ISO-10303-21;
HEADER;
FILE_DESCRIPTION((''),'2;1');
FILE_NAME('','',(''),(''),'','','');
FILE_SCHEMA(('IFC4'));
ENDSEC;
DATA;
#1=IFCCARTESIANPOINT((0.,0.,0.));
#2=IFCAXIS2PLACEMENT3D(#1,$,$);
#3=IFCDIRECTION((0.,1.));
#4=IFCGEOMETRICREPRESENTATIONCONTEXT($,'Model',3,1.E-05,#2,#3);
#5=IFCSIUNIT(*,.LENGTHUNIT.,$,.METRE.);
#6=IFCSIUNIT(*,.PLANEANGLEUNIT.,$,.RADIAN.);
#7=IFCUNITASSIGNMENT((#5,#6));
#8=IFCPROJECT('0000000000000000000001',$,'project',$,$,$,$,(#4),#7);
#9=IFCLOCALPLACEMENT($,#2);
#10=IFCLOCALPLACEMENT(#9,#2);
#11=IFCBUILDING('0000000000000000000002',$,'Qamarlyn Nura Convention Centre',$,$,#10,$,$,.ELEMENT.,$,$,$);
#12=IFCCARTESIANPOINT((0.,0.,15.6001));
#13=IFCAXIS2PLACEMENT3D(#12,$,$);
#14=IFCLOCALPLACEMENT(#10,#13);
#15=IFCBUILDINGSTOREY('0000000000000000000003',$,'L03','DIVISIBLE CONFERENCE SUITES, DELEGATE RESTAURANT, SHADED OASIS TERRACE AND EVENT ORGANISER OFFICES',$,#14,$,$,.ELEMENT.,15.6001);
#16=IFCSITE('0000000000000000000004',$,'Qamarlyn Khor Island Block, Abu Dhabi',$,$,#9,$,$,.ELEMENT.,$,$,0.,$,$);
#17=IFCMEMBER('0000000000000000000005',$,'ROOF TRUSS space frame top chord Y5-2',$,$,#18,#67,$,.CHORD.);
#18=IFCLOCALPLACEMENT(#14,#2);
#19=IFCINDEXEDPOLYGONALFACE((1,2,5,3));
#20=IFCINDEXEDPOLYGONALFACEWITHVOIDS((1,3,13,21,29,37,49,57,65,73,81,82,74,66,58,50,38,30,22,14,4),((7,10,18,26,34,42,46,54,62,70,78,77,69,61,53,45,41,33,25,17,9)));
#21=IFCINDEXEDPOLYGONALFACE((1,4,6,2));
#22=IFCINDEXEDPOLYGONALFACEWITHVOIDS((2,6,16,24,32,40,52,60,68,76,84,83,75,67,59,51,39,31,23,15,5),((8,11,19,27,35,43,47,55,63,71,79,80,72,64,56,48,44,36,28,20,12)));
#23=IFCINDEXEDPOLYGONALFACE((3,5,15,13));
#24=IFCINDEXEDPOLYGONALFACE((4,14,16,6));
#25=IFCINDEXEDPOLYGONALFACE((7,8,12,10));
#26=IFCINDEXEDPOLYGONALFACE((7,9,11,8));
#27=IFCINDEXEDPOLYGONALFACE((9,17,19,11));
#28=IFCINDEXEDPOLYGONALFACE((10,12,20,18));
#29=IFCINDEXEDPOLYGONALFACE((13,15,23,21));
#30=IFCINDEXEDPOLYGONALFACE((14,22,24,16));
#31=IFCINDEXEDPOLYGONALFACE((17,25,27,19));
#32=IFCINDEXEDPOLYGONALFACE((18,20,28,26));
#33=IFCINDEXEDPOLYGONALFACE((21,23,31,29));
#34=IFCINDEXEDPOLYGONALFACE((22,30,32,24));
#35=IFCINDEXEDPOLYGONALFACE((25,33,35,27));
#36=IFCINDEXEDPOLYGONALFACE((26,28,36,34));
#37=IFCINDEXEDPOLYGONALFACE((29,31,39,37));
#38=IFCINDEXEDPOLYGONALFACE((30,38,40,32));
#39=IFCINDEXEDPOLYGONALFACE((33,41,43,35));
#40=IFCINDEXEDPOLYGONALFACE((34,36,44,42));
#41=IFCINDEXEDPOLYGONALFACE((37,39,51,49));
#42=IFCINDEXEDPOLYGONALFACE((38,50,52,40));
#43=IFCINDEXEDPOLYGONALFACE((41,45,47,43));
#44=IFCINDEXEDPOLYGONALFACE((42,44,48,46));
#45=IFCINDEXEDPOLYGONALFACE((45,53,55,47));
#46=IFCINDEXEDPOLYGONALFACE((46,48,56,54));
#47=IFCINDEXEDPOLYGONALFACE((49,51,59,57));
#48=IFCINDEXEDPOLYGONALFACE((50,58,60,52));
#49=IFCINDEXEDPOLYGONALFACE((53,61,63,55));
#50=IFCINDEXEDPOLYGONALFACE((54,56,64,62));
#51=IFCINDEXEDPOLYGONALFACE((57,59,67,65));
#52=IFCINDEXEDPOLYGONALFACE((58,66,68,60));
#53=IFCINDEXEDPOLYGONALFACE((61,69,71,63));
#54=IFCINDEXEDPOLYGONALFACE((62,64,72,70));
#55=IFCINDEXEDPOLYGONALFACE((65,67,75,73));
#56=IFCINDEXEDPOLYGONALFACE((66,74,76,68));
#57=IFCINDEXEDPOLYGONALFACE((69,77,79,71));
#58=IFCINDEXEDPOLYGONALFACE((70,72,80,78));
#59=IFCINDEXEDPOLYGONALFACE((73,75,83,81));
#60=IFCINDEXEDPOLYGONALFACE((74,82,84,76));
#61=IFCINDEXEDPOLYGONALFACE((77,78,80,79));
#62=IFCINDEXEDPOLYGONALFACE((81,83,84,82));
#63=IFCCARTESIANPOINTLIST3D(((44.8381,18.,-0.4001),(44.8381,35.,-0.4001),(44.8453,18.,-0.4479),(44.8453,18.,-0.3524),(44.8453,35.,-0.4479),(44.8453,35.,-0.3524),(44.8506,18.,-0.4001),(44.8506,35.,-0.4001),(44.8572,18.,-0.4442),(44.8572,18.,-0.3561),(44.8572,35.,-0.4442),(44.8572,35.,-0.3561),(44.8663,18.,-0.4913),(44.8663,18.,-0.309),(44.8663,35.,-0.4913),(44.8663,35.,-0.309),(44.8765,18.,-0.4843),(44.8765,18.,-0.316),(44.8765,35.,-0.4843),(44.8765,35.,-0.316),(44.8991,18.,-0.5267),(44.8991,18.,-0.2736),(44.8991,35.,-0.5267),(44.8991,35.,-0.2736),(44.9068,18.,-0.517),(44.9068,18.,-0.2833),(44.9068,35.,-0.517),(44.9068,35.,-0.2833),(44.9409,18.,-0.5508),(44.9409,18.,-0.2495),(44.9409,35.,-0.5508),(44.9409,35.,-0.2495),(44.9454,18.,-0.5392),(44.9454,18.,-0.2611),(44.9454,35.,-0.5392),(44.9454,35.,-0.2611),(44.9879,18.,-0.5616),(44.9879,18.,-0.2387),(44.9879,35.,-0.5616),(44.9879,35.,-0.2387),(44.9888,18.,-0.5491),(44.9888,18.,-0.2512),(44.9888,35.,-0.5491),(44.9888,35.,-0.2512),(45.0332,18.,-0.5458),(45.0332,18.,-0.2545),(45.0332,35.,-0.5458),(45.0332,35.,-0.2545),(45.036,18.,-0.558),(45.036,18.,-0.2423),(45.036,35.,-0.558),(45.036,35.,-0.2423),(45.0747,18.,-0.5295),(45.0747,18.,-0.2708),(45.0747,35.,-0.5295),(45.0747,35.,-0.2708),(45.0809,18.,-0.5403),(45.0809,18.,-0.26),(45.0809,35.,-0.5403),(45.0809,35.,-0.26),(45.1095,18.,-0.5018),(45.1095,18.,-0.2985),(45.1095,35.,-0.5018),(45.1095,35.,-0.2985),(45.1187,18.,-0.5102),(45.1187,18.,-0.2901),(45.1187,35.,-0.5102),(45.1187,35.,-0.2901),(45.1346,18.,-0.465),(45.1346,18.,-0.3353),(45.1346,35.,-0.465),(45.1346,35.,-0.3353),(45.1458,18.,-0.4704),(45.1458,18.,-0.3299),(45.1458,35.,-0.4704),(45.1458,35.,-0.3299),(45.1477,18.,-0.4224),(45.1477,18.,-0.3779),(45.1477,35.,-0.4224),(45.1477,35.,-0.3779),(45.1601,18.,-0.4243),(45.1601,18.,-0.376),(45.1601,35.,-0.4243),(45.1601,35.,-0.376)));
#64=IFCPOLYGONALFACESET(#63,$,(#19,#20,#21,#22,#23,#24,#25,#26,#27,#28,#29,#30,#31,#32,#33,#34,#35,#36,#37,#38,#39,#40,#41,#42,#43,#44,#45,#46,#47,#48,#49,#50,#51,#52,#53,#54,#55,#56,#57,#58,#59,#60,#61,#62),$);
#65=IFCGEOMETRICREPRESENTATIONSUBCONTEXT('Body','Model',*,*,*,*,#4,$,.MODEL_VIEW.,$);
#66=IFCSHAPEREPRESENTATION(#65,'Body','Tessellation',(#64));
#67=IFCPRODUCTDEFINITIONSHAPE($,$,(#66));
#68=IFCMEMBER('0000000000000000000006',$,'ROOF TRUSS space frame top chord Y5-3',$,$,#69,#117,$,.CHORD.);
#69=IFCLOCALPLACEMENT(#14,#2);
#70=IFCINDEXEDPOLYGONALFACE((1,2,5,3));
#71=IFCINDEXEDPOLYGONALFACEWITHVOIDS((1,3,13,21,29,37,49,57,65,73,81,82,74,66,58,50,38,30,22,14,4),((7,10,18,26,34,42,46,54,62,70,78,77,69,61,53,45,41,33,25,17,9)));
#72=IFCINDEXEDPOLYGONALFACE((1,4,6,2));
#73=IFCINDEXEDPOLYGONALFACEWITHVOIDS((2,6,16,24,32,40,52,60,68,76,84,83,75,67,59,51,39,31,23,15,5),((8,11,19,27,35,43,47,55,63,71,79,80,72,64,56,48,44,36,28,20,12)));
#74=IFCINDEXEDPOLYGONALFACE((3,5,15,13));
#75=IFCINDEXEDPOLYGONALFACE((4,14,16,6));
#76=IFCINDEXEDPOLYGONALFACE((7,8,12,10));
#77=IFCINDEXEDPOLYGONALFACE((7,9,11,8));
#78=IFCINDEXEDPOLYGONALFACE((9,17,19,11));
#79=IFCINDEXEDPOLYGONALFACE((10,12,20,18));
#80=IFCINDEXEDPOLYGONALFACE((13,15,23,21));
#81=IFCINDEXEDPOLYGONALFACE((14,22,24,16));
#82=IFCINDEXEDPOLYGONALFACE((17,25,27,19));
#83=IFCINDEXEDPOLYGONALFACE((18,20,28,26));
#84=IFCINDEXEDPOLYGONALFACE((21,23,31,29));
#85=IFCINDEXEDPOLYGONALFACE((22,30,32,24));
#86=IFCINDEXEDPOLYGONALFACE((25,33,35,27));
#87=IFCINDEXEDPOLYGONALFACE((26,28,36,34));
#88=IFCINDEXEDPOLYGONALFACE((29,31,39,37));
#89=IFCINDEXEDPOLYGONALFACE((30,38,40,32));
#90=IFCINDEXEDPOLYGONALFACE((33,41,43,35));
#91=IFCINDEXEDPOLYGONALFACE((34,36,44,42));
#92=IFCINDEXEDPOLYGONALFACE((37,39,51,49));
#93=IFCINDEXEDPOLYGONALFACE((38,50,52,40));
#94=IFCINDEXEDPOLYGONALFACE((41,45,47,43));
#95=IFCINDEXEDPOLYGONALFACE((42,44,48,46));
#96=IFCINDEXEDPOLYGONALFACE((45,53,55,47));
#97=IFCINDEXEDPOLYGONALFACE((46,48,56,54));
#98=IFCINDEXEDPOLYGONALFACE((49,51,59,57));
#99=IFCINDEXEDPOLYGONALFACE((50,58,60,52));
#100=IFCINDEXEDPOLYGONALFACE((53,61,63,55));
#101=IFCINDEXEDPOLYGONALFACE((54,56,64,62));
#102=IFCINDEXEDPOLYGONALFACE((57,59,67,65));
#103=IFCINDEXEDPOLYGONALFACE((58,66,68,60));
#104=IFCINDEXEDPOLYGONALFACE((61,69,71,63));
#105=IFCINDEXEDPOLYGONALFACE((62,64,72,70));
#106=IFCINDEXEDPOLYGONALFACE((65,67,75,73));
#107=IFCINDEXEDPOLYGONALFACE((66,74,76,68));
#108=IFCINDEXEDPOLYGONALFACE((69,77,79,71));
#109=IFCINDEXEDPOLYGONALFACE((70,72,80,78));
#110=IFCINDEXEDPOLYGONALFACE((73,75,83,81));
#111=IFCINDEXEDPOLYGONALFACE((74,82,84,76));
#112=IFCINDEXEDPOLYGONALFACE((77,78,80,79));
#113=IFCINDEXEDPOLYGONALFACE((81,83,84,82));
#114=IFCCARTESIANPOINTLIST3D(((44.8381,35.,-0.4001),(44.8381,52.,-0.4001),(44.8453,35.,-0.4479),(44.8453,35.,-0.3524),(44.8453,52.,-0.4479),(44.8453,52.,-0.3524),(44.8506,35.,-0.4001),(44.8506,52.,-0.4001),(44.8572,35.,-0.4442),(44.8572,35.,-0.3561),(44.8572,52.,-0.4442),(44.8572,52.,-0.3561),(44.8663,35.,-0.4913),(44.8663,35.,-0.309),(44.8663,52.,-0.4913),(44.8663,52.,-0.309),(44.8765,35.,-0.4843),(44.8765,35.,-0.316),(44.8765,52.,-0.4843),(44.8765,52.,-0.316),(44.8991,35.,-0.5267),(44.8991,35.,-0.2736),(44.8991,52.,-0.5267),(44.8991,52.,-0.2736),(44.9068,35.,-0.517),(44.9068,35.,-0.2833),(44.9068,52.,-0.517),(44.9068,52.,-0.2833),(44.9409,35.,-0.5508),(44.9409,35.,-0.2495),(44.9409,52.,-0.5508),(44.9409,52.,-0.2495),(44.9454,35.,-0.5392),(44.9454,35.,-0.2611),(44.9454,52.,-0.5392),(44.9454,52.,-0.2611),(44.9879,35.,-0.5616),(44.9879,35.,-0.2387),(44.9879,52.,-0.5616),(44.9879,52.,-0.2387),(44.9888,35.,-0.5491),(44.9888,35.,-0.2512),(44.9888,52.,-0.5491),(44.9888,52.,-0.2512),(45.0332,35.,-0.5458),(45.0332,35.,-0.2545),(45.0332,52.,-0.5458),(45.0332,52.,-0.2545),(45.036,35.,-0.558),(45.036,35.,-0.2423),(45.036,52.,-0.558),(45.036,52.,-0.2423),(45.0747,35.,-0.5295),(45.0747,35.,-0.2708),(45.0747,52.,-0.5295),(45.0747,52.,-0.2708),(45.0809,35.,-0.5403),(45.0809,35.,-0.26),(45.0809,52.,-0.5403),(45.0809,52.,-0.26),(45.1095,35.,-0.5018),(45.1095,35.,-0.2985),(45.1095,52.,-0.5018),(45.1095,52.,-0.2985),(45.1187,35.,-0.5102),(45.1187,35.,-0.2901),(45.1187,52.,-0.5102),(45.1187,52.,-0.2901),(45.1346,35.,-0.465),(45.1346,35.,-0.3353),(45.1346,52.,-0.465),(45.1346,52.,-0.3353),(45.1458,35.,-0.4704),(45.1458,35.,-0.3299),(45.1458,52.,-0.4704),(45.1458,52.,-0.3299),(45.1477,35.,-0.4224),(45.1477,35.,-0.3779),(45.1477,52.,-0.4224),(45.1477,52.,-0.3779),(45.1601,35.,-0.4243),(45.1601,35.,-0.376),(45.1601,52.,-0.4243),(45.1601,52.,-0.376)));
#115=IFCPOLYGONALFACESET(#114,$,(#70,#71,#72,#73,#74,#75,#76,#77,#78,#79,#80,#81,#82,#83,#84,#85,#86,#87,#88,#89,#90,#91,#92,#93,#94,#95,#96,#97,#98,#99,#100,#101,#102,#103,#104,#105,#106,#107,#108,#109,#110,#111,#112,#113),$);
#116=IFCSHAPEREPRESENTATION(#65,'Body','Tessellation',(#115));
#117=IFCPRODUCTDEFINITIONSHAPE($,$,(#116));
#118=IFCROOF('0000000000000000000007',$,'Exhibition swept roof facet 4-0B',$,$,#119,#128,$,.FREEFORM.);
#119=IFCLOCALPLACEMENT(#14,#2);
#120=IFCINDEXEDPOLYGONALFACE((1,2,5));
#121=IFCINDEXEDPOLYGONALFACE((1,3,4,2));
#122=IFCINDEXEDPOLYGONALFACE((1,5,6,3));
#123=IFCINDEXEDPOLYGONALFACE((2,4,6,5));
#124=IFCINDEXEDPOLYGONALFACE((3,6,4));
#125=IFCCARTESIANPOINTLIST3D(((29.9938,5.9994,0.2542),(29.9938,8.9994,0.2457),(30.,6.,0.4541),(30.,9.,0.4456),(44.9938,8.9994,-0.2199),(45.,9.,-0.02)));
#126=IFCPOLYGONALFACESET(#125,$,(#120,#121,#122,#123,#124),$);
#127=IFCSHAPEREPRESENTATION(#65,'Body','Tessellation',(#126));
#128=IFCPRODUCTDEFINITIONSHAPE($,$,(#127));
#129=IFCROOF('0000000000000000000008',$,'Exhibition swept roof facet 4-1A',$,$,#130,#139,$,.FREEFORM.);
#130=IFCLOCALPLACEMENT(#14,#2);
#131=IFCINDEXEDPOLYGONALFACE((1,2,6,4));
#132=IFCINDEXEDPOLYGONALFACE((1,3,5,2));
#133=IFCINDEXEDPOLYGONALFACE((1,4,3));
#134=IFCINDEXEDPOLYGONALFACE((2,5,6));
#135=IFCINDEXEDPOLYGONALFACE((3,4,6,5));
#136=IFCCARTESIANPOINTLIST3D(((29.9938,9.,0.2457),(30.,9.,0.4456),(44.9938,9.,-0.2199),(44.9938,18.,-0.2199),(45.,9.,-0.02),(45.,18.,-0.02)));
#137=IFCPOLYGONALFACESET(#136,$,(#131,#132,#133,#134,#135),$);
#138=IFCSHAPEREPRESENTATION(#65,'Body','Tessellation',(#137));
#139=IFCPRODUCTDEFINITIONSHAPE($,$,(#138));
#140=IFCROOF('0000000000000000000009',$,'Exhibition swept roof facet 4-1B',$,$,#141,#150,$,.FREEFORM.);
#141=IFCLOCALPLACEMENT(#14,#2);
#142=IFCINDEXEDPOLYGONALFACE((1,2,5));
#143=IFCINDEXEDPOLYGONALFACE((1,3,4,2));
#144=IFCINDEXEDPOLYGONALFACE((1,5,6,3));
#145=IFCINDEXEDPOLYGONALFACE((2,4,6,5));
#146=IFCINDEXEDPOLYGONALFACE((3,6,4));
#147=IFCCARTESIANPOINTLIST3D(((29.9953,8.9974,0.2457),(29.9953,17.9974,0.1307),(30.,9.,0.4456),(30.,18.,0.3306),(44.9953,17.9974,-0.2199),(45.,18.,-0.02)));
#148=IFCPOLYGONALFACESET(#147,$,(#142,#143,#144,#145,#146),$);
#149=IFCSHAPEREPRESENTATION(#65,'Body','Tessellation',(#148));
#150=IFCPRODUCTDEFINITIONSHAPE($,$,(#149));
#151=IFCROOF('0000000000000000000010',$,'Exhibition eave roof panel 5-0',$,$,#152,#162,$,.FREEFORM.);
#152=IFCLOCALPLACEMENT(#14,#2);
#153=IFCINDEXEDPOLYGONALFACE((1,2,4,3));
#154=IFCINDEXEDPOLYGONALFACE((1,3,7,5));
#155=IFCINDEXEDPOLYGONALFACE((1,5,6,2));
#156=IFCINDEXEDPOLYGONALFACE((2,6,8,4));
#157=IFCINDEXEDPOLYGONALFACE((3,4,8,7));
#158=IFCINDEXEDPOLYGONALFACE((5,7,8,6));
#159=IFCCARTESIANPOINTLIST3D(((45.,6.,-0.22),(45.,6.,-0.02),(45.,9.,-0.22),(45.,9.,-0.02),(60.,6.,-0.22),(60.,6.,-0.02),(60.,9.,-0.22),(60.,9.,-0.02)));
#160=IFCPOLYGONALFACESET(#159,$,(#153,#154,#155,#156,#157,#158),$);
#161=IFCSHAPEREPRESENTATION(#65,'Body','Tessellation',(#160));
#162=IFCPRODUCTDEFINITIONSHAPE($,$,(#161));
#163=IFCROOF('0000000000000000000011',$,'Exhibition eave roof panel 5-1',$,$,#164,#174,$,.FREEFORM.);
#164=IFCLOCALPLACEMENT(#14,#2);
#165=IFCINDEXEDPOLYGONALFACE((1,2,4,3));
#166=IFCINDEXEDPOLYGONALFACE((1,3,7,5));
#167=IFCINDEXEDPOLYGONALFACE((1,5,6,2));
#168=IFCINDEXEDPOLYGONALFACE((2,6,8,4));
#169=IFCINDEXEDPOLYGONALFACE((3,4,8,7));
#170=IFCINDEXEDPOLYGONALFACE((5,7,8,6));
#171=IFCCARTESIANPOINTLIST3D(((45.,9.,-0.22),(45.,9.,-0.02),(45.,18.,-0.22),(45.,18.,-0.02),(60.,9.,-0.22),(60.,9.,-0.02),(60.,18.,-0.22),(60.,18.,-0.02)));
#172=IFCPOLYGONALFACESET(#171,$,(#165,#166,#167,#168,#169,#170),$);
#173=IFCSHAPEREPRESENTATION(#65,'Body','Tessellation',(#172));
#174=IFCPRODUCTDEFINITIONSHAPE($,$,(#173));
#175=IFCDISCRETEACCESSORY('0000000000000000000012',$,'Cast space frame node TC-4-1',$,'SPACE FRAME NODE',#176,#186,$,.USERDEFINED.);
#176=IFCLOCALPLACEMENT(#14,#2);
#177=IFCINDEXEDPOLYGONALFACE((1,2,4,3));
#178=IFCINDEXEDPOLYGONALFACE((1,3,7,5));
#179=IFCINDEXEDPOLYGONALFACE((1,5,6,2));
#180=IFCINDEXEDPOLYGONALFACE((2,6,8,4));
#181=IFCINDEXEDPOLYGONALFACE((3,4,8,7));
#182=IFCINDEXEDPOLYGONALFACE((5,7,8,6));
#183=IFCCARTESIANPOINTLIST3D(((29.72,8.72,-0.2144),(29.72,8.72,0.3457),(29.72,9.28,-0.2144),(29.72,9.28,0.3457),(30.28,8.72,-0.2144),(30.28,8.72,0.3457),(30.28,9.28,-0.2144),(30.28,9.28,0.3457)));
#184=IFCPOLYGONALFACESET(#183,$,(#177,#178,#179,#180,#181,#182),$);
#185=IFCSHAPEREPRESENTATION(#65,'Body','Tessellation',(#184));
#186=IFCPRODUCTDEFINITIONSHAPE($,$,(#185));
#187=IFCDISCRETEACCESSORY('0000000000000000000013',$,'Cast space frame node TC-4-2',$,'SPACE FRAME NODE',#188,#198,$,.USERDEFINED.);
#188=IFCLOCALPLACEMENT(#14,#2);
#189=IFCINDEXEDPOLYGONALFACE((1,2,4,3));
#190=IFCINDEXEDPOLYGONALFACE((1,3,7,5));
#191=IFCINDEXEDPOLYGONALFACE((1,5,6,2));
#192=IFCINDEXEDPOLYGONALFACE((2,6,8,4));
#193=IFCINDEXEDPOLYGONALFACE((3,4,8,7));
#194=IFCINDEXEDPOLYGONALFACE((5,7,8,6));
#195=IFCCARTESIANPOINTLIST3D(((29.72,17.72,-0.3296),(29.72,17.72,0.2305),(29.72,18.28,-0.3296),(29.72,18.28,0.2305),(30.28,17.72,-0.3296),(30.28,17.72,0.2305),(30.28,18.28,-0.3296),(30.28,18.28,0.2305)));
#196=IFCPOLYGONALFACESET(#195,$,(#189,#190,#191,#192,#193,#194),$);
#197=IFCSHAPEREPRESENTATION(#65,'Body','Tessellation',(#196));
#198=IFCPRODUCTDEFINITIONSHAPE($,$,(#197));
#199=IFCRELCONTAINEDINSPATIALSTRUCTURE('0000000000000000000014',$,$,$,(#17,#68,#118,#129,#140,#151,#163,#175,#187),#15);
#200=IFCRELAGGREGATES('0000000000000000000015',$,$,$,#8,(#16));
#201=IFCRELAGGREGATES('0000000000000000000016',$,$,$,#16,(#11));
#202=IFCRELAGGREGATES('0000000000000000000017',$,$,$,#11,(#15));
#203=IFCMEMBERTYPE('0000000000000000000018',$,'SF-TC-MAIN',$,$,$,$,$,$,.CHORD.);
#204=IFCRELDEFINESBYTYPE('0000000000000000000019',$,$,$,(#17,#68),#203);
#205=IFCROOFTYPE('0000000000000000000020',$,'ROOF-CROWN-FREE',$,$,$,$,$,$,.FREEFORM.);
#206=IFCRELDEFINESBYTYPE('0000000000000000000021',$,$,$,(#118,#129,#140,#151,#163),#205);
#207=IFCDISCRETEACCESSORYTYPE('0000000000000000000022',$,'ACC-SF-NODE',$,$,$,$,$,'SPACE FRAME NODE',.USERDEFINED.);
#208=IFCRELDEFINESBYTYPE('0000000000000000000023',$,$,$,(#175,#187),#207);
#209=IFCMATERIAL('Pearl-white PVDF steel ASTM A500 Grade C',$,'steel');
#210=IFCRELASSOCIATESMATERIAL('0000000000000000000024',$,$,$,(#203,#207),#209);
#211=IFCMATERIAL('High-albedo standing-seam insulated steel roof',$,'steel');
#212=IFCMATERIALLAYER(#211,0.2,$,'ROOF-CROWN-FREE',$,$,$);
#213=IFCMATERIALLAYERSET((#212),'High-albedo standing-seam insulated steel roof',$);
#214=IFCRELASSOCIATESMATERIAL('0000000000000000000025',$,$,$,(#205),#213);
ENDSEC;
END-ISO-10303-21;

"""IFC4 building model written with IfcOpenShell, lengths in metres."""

from ifc_helpers import new_model, si_unit, direction, frame, origin, origin_2d, place, context, subcontext, project, spatial, polyline, rectangle, hollow_circle, outline, extrude, material, layer, layer_set, material_profile, profile_set, type_object, element, save


model = new_model("IFC4")

# Units and contexts
model_context = context("Model", 3, precision=1e-05, world=origin(), true_north=direction((0.0, 1.0)))
body_context = subcontext(model_context, "Body", "Model", "MODEL_VIEW")
ifc_project = project(units=[si_unit("LENGTHUNIT", "METRE"), si_unit("PLANEANGLEUNIT", "RADIAN")], contexts=[model_context])

# Site, building, storey
site_placement = place(None, origin())
site = spatial("IfcSite", under=ifc_project, at=site_placement, Name="Qamarlyn Khor Island Block, Abu Dhabi", CompositionType="ELEMENT", RefElevation=0.0)
building_placement = place(site_placement, origin())
building = spatial("IfcBuilding", under=site, at=building_placement, Name="Qamarlyn Nura Convention Centre", CompositionType="ELEMENT")
storey_placement = place(building_placement, frame((0.0, 0.0, 15.6001)))
storey = spatial("IfcBuildingStorey", under=building, at=storey_placement, Name="L03", Description="DIVISIBLE CONFERENCE SUITES, DELEGATE RESTAURANT, SHADED OASIS TERRACE AND EVENT ORGANISER OFFICES", CompositionType="ELEMENT", Elevation=15.6001)

# Members
ifc_material_1 = material(Name="Pearl-white PVDF steel ASTM A500 Grade C", Category="steel")
ifc_material_profile_1 = material_profile(ifc_material_1, hollow_circle(Radius=0.1619, WallThickness=0.0125, at=origin_2d()), Name="CHS323.9X12.5")
ifc_profile_set_1 = profile_set([ifc_material_profile_1], Name="Pearl-white PVDF steel ASTM A500 Grade C")
member_type_1 = type_object("IfcMemberType", Name="SF-TC-MAIN", PredefinedType="CHORD", material=ifc_profile_set_1)
for number, where, z_axis, x_axis, name in (
    (1, (45.0, 18.0, -0.4001), (0.0, 1.0, 0.0), (-1.0, 0.0, 0.0), "ROOF TRUSS space frame top chord Y5-2"),
    (2, (45.0, 35.0, -0.4001), (0.0, 1.0, 0.0), (-1.0, 0.0, 0.0), "ROOF TRUSS space frame top chord Y5-3"),
):
    element("IfcMember", number, at=place(storey_placement, frame(where, z_axis=z_axis, x_axis=x_axis)), inside=storey, type_object=member_type_1, Name=name, PredefinedType="CHORD", context=body_context, shape_type="SweptSolid", body=[
        extrude(hollow_circle(Radius=0.1619, WallThickness=0.0125, at=origin_2d()), origin(), (0.0, 0.0, 1.0), 17.0),
    ])

# Roofs
ifc_material_2 = material(Name="High-albedo standing-seam insulated steel roof", Category="steel")
ifc_layer = layer(ifc_material_2, 0.2, Name="ROOF-CROWN-FREE")
ifc_layer_set = layer_set([ifc_layer], Name="High-albedo standing-seam insulated steel roof")
roof_type = type_object("IfcRoofType", Name="ROOF-CROWN-FREE", PredefinedType="FREEFORM", material=ifc_layer_set)
roof_1_placement = place(storey_placement, frame((30.0, 6.0, 0.4541), z_axis=(0.031023, 0.002847, 0.999515), x_axis=(0.98011, 0.196022, -0.030979)))
element("IfcRoof", 3, at=roof_1_placement, inside=storey, type_object=roof_type, Name="Exhibition swept roof facet 4-0B", PredefinedType="FREEFORM", context=body_context, shape_type="SweptSolid", body=[
    extrude(outline(polyline([(0.0, 0.0), (15.3044, 0.0), (0.5883, 2.9418), (0.0, 0.0)])), origin(), (0.0, 0.0, -1.0), 0.2),
])
roof_2_placement = place(storey_placement, frame((30.0, 9.0, 0.4456), z_axis=(0.031023, 0.0, 0.999519), x_axis=(0.999519, 0.0, -0.031023)))
element("IfcRoof", 4, at=roof_2_placement, inside=storey, type_object=roof_type, Name="Exhibition swept roof facet 4-1A", PredefinedType="FREEFORM", context=body_context, shape_type="SweptSolid", body=[
    extrude(outline(polyline([(0.0, 0.0), (15.0072, 0.0), (15.0072, 9.0), (0.0, 0.0)])), origin(), (0.0, 0.0, -1.0), 0.2),
])
roof_3_placement = place(storey_placement, frame((30.0, 9.0, 0.4456), z_axis=(0.023364, 0.012772, 0.999645), x_axis=(0.857189, 0.514314, -0.026606)))
element("IfcRoof", 5, at=roof_3_placement, inside=storey, type_object=roof_type, Name="Exhibition swept roof facet 4-1B", PredefinedType="FREEFORM", context=body_context, shape_type="SweptSolid", body=[
    extrude(outline(polyline([(0.0, 0.0), (17.4991, 0.0), (4.6319, 7.7174), (0.0, 0.0)])), origin(), (0.0, 0.0, -1.0), 0.2),
])
roof_4_placement = place(storey_placement, frame((45.0, 6.0, -0.02), z_axis=(0.0, 0.0, 1.0), x_axis=(1.0, 0.0, 0.0)))
element("IfcRoof", 6, at=roof_4_placement, inside=storey, type_object=roof_type, Name="Exhibition eave roof panel 5-0", PredefinedType="FREEFORM", context=body_context, shape_type="SweptSolid", body=[
    extrude(outline(polyline([(0.0, 0.0), (15.0, 0.0), (15.0, 3.0), (0.0, 3.0), (0.0, 0.0)])), origin(), (0.0, 0.0, -1.0), 0.2),
])
roof_5_placement = place(storey_placement, frame((45.0, 9.0, -0.02), z_axis=(0.0, 0.0, 1.0), x_axis=(1.0, 0.0, 0.0)))
element("IfcRoof", 7, at=roof_5_placement, inside=storey, type_object=roof_type, Name="Exhibition eave roof panel 5-1", PredefinedType="FREEFORM", context=body_context, shape_type="SweptSolid", body=[
    extrude(outline(polyline([(0.0, 0.0), (15.0, 0.0), (15.0, 9.0), (0.0, 9.0), (0.0, 0.0)])), origin(), (0.0, 0.0, -1.0), 0.2),
])

# Discrete accessories
discrete_accessory_type = type_object("IfcDiscreteAccessoryType", Name="ACC-SF-NODE", ElementType="SPACE FRAME NODE", PredefinedType="USERDEFINED", material=ifc_material_1)
for number, where, z_axis, x_axis, name in (
    (8, (30.0, 9.0, -0.2144), (0.0, 0.0, 1.0), (1.0, 0.0, 0.0), "Cast space frame node TC-4-1"),
    (9, (30.0, 18.0, -0.3296), (0.0, 0.0, 1.0), (1.0, 0.0, 0.0), "Cast space frame node TC-4-2"),
):
    element("IfcDiscreteAccessory", number, at=place(storey_placement, frame(where, z_axis=z_axis, x_axis=x_axis)), inside=storey, type_object=discrete_accessory_type, Name=name, ObjectType="SPACE FRAME NODE", PredefinedType="USERDEFINED", context=body_context, shape_type="SweptSolid", body=[
        extrude(rectangle(XDim=0.5601, YDim=0.5601, at=origin_2d()), origin(), (0.0, 0.0, 1.0), 0.5601),
    ])

save(model, "model.ifc")
